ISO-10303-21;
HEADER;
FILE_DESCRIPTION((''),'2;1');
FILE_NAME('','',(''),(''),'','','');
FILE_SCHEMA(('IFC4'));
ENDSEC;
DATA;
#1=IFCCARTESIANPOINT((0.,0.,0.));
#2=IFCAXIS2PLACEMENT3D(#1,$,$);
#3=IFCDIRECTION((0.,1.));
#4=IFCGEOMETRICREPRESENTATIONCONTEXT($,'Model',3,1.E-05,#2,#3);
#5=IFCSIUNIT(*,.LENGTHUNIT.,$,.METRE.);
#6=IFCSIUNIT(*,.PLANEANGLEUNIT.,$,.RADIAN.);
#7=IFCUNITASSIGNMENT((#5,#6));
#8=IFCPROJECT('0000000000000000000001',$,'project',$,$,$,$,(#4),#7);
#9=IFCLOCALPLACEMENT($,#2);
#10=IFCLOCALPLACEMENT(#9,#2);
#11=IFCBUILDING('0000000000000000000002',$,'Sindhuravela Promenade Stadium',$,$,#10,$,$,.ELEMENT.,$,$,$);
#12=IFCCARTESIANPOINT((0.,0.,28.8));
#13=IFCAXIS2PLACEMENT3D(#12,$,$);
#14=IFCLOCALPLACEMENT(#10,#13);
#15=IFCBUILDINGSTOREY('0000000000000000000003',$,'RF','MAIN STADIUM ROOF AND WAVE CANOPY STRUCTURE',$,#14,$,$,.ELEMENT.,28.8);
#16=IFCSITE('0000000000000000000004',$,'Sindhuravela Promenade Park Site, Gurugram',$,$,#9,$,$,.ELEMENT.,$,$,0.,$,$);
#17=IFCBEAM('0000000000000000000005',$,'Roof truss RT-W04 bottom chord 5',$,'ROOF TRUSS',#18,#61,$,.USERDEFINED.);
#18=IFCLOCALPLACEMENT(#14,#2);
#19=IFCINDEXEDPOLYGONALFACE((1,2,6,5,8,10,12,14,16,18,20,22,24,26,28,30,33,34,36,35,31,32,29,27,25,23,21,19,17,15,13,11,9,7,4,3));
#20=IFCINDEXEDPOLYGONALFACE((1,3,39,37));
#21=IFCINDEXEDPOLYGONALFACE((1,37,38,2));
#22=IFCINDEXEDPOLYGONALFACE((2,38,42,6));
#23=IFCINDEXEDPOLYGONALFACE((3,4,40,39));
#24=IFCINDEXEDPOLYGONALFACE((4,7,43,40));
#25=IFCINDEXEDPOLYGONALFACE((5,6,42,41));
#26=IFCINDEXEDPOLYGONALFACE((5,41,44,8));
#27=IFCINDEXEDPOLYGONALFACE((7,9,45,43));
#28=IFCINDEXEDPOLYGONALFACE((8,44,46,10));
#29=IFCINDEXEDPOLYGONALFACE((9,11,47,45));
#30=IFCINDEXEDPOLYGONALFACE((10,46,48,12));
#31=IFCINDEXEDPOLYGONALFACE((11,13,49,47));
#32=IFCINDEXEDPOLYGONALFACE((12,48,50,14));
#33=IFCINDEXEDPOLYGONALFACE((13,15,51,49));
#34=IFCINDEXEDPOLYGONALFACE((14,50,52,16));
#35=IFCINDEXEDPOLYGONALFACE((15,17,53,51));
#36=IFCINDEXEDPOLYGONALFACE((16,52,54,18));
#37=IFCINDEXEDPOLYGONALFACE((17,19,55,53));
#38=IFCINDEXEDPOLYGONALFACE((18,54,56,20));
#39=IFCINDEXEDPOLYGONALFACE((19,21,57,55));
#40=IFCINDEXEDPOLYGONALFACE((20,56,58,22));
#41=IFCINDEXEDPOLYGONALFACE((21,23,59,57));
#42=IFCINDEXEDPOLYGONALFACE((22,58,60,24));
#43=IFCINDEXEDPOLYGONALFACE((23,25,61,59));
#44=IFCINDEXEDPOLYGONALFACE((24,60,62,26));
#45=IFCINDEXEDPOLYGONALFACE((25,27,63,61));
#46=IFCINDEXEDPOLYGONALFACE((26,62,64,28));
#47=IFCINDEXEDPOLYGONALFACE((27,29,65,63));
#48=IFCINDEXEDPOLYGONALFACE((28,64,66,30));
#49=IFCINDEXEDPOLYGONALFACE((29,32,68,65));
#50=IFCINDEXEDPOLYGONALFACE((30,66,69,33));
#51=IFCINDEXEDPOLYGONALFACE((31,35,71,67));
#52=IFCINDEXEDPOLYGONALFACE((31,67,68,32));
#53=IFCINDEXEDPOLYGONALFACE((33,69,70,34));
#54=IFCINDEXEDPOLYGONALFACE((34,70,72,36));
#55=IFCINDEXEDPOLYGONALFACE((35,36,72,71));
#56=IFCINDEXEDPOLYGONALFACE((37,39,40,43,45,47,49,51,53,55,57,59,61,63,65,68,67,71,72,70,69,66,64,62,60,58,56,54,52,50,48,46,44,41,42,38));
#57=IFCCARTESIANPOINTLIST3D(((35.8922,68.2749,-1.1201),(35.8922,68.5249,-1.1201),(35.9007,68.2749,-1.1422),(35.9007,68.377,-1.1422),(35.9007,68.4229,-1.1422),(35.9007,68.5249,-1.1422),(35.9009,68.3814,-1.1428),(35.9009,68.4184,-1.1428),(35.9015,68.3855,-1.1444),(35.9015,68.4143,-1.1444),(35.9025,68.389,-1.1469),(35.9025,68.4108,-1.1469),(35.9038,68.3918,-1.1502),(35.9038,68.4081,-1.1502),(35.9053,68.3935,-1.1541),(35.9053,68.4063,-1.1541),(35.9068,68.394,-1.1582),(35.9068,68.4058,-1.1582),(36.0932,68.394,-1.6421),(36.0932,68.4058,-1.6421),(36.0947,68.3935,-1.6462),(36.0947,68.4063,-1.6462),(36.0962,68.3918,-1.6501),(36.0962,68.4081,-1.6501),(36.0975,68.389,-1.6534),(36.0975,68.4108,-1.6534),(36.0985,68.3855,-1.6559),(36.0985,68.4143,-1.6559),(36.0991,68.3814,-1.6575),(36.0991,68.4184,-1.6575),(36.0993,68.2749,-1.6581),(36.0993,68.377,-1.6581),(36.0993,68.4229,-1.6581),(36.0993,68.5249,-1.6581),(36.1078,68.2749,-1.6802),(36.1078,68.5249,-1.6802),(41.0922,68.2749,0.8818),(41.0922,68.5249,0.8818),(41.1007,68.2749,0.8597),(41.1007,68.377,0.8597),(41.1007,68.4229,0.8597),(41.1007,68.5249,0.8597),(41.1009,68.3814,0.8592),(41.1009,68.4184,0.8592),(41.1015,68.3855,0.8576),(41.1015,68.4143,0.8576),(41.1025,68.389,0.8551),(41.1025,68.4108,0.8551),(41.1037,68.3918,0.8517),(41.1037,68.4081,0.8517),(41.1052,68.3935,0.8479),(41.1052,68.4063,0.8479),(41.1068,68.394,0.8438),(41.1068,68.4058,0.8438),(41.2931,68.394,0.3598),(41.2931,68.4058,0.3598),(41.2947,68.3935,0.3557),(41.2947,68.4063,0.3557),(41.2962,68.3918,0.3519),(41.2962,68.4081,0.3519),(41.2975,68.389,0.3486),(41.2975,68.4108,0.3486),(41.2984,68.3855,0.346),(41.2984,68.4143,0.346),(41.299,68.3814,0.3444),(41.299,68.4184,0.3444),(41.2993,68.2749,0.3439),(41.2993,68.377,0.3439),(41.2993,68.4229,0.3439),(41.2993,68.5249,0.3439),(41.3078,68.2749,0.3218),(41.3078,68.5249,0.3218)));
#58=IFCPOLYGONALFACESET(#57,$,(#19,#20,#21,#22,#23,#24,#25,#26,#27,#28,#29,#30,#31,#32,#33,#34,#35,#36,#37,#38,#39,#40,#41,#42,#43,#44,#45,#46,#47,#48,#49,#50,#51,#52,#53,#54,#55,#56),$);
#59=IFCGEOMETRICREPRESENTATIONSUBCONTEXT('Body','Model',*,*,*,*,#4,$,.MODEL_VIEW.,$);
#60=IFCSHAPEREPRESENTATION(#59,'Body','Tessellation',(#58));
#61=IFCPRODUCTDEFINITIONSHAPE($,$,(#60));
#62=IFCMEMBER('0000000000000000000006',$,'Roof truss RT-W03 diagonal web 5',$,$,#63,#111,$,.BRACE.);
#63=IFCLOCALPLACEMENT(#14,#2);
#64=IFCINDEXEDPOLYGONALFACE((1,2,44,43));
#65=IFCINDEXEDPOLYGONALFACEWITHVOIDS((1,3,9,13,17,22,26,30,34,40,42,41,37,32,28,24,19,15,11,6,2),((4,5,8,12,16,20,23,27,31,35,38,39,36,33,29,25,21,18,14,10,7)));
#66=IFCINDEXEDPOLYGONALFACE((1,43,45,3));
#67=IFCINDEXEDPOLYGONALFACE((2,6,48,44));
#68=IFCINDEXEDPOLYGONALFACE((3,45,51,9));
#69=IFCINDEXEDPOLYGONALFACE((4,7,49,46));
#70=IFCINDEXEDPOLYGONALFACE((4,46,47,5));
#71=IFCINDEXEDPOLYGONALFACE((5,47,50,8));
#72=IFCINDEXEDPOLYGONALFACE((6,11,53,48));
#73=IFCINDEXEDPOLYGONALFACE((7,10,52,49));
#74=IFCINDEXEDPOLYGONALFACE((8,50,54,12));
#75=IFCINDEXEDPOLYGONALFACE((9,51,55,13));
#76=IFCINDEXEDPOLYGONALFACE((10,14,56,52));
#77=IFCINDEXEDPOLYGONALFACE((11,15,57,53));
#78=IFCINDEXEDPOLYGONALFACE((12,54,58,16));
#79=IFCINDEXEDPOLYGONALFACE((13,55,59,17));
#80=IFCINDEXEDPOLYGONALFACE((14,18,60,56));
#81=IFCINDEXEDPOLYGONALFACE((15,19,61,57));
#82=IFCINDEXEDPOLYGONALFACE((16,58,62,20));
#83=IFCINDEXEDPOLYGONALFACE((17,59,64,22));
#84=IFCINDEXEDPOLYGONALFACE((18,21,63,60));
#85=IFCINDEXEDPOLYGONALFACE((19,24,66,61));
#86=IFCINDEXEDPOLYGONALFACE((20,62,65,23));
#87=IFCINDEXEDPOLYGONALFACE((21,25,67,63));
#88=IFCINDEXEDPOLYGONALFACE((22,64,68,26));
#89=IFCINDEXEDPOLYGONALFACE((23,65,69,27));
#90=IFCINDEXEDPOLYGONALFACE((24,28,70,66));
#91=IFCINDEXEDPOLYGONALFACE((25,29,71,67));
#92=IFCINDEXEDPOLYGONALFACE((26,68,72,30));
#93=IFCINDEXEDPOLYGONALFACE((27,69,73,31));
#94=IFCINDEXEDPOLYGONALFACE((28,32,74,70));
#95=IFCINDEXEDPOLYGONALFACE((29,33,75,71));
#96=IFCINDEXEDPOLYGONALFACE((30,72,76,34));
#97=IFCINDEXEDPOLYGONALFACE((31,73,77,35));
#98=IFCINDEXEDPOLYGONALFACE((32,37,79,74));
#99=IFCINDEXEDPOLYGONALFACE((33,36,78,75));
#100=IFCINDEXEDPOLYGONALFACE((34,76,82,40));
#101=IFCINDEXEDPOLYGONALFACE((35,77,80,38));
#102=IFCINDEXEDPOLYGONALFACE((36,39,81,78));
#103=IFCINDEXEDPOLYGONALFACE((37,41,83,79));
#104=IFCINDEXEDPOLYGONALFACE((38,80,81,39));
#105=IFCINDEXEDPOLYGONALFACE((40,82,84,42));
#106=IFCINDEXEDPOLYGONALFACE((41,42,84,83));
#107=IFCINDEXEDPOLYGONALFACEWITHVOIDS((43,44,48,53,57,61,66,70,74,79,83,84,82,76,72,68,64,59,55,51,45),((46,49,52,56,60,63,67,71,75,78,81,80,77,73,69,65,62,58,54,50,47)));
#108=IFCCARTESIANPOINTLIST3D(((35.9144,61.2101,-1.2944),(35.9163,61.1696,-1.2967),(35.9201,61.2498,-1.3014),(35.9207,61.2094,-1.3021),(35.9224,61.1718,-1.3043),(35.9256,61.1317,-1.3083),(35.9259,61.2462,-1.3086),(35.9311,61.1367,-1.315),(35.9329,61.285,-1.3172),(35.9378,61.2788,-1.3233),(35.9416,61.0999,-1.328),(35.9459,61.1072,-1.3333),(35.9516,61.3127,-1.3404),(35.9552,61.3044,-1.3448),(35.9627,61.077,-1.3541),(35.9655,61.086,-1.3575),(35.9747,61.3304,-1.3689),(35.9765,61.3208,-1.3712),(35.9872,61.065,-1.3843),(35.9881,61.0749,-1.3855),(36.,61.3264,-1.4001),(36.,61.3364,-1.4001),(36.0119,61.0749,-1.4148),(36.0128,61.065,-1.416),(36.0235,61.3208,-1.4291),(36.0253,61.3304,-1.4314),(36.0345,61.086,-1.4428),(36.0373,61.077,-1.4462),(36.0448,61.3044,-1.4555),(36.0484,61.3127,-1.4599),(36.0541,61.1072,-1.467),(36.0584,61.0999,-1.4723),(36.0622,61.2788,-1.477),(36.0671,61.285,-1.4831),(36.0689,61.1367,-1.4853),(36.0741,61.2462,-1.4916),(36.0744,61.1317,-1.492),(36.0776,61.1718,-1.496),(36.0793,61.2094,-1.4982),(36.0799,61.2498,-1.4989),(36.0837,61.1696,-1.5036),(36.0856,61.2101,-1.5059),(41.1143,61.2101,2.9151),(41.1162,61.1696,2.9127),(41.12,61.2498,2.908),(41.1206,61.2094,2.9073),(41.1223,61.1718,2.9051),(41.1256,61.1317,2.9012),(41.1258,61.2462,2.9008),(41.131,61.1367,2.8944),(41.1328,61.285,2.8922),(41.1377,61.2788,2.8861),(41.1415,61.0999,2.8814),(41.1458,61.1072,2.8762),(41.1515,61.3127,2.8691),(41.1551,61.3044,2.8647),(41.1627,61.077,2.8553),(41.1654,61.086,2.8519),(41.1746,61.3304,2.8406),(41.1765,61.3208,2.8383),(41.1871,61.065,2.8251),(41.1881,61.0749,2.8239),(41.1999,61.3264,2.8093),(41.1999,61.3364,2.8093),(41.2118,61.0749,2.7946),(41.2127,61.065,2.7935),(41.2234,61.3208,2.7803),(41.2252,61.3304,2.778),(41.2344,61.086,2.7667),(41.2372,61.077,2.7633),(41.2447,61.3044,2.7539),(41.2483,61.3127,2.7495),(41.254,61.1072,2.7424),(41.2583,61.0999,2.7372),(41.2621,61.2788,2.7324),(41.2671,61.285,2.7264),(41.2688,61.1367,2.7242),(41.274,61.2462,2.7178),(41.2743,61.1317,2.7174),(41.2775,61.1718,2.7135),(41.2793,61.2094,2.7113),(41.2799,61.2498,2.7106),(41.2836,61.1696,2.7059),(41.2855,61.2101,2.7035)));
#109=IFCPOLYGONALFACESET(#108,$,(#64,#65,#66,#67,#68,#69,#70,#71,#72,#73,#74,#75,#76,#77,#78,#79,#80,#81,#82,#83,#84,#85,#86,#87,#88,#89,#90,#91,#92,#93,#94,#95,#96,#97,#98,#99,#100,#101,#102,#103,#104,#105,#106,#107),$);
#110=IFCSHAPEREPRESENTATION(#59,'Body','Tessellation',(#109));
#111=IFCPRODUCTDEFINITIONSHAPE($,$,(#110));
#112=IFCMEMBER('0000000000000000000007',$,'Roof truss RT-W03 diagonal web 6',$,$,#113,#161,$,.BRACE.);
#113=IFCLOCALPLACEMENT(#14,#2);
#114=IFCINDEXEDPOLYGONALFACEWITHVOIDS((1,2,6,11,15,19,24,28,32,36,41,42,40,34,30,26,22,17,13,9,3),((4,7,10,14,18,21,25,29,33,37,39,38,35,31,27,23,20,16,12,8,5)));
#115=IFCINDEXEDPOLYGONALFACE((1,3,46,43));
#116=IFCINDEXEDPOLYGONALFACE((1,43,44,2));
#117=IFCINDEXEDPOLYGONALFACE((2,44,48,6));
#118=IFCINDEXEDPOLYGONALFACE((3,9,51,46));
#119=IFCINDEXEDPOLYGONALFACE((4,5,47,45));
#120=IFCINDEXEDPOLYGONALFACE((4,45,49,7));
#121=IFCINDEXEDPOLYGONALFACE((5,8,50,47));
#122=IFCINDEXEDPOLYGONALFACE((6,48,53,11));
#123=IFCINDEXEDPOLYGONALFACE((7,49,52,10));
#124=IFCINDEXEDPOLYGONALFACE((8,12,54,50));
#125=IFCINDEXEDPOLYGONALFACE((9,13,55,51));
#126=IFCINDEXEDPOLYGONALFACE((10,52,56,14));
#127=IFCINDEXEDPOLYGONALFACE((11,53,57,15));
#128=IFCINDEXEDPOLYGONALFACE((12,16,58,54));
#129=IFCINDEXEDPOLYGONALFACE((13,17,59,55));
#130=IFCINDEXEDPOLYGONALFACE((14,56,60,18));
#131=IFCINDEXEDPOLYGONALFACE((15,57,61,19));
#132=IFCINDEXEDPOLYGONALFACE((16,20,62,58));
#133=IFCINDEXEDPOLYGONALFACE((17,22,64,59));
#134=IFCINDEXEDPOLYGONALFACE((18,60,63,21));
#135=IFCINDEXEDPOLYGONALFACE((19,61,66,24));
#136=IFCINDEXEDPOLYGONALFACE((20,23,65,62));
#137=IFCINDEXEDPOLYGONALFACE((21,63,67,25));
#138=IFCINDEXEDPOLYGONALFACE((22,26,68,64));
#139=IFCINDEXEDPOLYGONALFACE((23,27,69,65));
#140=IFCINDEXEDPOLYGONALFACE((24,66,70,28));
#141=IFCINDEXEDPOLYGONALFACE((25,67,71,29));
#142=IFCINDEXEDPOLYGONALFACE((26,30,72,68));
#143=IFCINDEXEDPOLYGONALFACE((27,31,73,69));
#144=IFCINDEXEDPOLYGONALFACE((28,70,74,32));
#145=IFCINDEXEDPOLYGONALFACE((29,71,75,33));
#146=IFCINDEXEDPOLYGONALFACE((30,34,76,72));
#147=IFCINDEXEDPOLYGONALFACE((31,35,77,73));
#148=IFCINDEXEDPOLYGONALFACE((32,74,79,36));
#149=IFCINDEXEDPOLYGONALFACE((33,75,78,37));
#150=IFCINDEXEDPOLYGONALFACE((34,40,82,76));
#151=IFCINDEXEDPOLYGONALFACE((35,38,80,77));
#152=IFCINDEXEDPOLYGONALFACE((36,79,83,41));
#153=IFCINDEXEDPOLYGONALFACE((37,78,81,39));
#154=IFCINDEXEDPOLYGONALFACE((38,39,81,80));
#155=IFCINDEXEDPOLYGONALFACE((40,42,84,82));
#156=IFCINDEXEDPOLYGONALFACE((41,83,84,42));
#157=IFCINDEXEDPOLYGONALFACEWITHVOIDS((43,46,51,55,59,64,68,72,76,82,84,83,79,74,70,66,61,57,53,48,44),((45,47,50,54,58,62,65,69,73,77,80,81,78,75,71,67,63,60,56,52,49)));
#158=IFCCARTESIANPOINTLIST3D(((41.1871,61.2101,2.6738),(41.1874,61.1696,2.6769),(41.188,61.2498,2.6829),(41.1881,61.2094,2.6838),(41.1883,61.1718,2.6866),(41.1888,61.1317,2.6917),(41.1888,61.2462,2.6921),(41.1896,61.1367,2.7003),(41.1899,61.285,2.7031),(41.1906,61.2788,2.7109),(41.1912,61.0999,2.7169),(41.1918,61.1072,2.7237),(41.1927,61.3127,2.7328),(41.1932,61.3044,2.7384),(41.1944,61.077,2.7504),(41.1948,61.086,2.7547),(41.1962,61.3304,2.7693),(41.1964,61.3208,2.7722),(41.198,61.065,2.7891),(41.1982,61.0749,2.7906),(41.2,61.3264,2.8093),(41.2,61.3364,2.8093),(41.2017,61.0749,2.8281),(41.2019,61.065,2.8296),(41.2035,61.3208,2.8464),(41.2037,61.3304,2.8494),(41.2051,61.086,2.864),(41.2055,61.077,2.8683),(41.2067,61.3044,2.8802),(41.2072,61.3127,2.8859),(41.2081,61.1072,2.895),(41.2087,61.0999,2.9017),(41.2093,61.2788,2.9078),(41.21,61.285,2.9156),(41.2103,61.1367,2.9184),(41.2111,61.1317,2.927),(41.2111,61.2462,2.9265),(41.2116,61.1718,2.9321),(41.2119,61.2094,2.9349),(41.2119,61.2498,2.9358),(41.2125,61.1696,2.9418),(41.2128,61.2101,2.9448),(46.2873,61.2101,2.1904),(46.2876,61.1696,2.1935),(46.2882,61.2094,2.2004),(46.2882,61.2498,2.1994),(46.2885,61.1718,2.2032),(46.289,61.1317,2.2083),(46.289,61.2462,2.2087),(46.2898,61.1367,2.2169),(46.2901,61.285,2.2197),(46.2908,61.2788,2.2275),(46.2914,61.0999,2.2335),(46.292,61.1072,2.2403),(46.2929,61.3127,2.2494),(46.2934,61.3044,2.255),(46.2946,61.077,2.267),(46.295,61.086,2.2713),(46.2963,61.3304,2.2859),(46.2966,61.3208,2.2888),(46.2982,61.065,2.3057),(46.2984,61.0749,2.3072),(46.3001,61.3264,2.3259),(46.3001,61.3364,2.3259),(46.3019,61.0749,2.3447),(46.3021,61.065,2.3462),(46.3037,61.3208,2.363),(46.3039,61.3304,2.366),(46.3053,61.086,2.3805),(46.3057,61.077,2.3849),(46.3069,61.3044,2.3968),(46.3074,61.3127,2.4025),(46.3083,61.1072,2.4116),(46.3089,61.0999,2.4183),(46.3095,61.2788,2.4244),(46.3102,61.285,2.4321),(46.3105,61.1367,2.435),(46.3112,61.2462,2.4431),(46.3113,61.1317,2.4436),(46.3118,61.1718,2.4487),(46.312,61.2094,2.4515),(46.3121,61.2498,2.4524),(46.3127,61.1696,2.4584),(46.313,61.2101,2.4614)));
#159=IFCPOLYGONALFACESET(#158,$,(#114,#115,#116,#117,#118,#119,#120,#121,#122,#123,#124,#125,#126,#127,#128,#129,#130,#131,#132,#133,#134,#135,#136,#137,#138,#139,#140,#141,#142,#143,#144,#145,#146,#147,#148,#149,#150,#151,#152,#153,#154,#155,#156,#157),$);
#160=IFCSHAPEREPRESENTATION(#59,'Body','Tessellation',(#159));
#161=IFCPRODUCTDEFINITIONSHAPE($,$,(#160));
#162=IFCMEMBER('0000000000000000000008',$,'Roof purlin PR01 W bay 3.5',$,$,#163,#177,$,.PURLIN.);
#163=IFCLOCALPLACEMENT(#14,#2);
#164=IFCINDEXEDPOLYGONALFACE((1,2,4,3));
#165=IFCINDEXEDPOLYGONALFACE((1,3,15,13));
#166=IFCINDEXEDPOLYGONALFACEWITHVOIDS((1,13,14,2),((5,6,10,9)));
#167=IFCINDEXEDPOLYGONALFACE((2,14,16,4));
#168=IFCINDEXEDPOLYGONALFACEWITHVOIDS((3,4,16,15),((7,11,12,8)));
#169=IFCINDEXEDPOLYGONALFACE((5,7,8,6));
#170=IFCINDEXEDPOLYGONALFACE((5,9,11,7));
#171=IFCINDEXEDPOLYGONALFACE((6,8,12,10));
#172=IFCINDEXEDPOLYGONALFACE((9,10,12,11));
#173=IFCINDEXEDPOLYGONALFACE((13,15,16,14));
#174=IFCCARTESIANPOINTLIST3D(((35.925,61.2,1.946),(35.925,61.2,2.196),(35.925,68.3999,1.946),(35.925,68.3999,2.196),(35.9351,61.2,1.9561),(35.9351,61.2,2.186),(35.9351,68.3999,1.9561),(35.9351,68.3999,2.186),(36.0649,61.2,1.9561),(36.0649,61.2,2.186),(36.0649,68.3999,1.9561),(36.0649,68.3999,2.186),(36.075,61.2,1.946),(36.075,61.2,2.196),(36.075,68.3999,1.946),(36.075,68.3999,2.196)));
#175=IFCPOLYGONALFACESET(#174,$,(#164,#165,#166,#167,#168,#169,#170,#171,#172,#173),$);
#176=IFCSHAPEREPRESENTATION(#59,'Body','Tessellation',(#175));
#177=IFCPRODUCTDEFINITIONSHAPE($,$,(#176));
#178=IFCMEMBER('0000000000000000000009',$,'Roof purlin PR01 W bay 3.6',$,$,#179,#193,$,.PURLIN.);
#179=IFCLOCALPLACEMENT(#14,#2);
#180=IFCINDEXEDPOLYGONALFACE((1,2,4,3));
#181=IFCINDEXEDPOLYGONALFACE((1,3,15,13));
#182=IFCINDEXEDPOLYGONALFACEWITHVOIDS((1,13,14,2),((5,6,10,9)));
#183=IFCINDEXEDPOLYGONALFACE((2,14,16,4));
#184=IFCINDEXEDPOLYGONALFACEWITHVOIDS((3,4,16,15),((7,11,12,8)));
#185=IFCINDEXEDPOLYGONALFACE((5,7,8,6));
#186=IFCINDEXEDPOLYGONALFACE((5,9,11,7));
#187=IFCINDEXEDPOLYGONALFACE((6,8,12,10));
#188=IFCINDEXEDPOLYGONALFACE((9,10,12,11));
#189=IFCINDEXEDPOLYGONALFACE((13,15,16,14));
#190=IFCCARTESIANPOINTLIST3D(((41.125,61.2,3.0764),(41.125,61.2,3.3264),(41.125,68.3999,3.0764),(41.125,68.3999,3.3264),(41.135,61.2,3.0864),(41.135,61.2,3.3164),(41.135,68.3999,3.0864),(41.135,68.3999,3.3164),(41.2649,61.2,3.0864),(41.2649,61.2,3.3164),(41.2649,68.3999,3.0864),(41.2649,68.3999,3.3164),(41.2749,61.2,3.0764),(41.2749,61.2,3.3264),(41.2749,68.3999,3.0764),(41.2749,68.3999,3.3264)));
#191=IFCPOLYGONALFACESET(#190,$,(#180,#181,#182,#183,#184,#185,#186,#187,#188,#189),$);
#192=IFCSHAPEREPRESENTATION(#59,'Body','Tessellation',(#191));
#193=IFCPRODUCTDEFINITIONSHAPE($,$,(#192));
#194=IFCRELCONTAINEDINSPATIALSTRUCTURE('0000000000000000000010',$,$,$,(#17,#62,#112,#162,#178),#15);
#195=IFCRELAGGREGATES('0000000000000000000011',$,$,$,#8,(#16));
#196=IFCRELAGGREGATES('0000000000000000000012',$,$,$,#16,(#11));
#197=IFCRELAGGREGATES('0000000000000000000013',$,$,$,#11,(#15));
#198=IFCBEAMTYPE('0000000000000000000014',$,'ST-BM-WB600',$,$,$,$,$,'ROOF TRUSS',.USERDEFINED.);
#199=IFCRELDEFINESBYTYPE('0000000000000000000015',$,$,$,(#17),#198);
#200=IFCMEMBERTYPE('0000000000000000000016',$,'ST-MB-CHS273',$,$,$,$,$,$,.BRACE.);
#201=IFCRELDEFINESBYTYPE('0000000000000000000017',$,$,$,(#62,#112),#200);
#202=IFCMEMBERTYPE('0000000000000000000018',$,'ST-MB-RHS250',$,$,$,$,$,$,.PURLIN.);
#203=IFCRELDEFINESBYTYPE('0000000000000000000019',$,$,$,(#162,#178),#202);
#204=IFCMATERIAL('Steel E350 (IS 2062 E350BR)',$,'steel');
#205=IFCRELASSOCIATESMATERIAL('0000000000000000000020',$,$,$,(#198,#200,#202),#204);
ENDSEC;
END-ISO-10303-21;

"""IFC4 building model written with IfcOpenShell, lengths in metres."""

from ifc_helpers import new_model, si_unit, direction, frame, origin, origin_2d, place, context, subcontext, project, spatial, hollow_rectangle, hollow_circle, i_section, extrude, material, material_profile, profile_set, type_object, element, save


model = new_model("IFC4")

# Units and contexts
model_context = context("Model", 3, precision=1e-05, world=origin(), true_north=direction((0.0, 1.0)))
body_context = subcontext(model_context, "Body", "Model", "MODEL_VIEW")
ifc_project = project(units=[si_unit("LENGTHUNIT", "METRE"), si_unit("PLANEANGLEUNIT", "RADIAN")], contexts=[model_context])

# Site, building, storey
site_placement = place(None, origin())
site = spatial("IfcSite", under=ifc_project, at=site_placement, Name="Sindhuravela Promenade Park Site, Gurugram", CompositionType="ELEMENT", RefElevation=0.0)
building_placement = place(site_placement, origin())
building = spatial("IfcBuilding", under=site, at=building_placement, Name="Sindhuravela Promenade Stadium", CompositionType="ELEMENT")
storey_placement = place(building_placement, frame((0.0, 0.0, 28.8)))
storey = spatial("IfcBuildingStorey", under=building, at=storey_placement, Name="RF", Description="MAIN STADIUM ROOF AND WAVE CANOPY STRUCTURE", CompositionType="ELEMENT", Elevation=28.8)

# Beam
ifc_material_1 = material(Name="Steel E350 (IS 2062 E350BR)", Category="steel")
ifc_material_profile_1 = material_profile(ifc_material_1, i_section(OverallWidth=0.25, OverallDepth=0.6001, WebThickness=0.0117, FlangeThickness=0.0237, FilletRadius=0.0171, at=origin_2d()), Name="ISWB 600")
ifc_profile_set_1 = profile_set([ifc_material_profile_1], Name="Steel E350 (IS 2062 E350BR)")
beam_type_1 = type_object("IfcBeamType", Name="ST-BM-WB600", ElementType="ROOF TRUSS", PredefinedType="USERDEFINED", material=ifc_profile_set_1)
beam_1_placement = place(storey_placement, frame((36.0, 68.3999, -1.4001), z_axis=(0.933227, 0.0, 0.359287), x_axis=(0.0, 1.0, 0.0)))
element("IfcBeam", 1, at=beam_1_placement, inside=storey, type_object=beam_type_1, Name="Roof truss RT-W04 bottom chord 5", ObjectType="ROOF TRUSS", PredefinedType="USERDEFINED", context=body_context, shape_type="SweptSolid", body=[
    extrude(i_section(OverallWidth=0.25, OverallDepth=0.6001, WebThickness=0.0117, FlangeThickness=0.0237, FilletRadius=0.0171, at=origin_2d()), origin(), (0.0, 0.0, 1.0), 5.572),
])

# Members
ifc_material_profile_2 = material_profile(ifc_material_1, hollow_circle(Radius=0.1365, WallThickness=0.01, at=origin_2d()), Name="CHS 273.0x10")
ifc_profile_set_2 = profile_set([ifc_material_profile_2], Name="Steel E350 (IS 2062 E350BR)")
member_type_1 = type_object("IfcMemberType", Name="ST-MB-CHS273", PredefinedType="BRACE", material=ifc_profile_set_2)
member_1_placement = place(storey_placement, frame((36.0, 61.2, -1.4001), z_axis=(0.777246, 0.0, 0.629197), x_axis=(0.0, 1.0, 0.0)))
element("IfcMember", 2, at=member_1_placement, inside=storey, type_object=member_type_1, Name="Roof truss RT-W03 diagonal web 5", PredefinedType="BRACE", context=body_context, shape_type="SweptSolid", body=[
    extrude(hollow_circle(Radius=0.1365, WallThickness=0.01, at=origin_2d()), origin(), (0.0, 0.0, 1.0), 6.6902),
])
member_2_placement = place(storey_placement, frame((41.2, 61.2, 2.8093), z_axis=(0.995538, 0.0, -0.094359), x_axis=(0.0, 1.0, 0.0)))
element("IfcMember", 3, at=member_2_placement, inside=storey, type_object=member_type_1, Name="Roof truss RT-W03 diagonal web 6", PredefinedType="BRACE", context=body_context, shape_type="SweptSolid", body=[
    extrude(hollow_circle(Radius=0.1365, WallThickness=0.01, at=origin_2d()), origin(), (0.0, 0.0, 1.0), 5.123),
])
ifc_material_profile_3 = material_profile(ifc_material_1, hollow_rectangle(XDim=0.1499, YDim=0.25, WallThickness=0.01, at=origin_2d()), Name="RHS 250x150x10")
ifc_profile_set_3 = profile_set([ifc_material_profile_3], Name="Steel E350 (IS 2062 E350BR)")
member_type_2 = type_object("IfcMemberType", Name="ST-MB-RHS250", PredefinedType="PURLIN", material=ifc_profile_set_3)
for number, where, z_axis, x_axis, name in (
    (4, (36.0, 61.2, 2.071), (0.0, 1.0, 0.0), (-1.0, 0.0, 0.0), "Roof purlin PR01 W bay 3.5"),
    (5, (41.2, 61.2, 3.2014), (0.0, 1.0, 0.0), (-1.0, 0.0, 0.0), "Roof purlin PR01 W bay 3.6"),
):
    element("IfcMember", number, at=place(storey_placement, frame(where, z_axis=z_axis, x_axis=x_axis)), inside=storey, type_object=member_type_2, Name=name, PredefinedType="PURLIN", context=body_context, shape_type="SweptSolid", body=[
        extrude(hollow_rectangle(XDim=0.1499, YDim=0.25, WallThickness=0.01, at=origin_2d()), origin(), (0.0, 0.0, 1.0), 7.2),
    ])

save(model, "model.ifc")
